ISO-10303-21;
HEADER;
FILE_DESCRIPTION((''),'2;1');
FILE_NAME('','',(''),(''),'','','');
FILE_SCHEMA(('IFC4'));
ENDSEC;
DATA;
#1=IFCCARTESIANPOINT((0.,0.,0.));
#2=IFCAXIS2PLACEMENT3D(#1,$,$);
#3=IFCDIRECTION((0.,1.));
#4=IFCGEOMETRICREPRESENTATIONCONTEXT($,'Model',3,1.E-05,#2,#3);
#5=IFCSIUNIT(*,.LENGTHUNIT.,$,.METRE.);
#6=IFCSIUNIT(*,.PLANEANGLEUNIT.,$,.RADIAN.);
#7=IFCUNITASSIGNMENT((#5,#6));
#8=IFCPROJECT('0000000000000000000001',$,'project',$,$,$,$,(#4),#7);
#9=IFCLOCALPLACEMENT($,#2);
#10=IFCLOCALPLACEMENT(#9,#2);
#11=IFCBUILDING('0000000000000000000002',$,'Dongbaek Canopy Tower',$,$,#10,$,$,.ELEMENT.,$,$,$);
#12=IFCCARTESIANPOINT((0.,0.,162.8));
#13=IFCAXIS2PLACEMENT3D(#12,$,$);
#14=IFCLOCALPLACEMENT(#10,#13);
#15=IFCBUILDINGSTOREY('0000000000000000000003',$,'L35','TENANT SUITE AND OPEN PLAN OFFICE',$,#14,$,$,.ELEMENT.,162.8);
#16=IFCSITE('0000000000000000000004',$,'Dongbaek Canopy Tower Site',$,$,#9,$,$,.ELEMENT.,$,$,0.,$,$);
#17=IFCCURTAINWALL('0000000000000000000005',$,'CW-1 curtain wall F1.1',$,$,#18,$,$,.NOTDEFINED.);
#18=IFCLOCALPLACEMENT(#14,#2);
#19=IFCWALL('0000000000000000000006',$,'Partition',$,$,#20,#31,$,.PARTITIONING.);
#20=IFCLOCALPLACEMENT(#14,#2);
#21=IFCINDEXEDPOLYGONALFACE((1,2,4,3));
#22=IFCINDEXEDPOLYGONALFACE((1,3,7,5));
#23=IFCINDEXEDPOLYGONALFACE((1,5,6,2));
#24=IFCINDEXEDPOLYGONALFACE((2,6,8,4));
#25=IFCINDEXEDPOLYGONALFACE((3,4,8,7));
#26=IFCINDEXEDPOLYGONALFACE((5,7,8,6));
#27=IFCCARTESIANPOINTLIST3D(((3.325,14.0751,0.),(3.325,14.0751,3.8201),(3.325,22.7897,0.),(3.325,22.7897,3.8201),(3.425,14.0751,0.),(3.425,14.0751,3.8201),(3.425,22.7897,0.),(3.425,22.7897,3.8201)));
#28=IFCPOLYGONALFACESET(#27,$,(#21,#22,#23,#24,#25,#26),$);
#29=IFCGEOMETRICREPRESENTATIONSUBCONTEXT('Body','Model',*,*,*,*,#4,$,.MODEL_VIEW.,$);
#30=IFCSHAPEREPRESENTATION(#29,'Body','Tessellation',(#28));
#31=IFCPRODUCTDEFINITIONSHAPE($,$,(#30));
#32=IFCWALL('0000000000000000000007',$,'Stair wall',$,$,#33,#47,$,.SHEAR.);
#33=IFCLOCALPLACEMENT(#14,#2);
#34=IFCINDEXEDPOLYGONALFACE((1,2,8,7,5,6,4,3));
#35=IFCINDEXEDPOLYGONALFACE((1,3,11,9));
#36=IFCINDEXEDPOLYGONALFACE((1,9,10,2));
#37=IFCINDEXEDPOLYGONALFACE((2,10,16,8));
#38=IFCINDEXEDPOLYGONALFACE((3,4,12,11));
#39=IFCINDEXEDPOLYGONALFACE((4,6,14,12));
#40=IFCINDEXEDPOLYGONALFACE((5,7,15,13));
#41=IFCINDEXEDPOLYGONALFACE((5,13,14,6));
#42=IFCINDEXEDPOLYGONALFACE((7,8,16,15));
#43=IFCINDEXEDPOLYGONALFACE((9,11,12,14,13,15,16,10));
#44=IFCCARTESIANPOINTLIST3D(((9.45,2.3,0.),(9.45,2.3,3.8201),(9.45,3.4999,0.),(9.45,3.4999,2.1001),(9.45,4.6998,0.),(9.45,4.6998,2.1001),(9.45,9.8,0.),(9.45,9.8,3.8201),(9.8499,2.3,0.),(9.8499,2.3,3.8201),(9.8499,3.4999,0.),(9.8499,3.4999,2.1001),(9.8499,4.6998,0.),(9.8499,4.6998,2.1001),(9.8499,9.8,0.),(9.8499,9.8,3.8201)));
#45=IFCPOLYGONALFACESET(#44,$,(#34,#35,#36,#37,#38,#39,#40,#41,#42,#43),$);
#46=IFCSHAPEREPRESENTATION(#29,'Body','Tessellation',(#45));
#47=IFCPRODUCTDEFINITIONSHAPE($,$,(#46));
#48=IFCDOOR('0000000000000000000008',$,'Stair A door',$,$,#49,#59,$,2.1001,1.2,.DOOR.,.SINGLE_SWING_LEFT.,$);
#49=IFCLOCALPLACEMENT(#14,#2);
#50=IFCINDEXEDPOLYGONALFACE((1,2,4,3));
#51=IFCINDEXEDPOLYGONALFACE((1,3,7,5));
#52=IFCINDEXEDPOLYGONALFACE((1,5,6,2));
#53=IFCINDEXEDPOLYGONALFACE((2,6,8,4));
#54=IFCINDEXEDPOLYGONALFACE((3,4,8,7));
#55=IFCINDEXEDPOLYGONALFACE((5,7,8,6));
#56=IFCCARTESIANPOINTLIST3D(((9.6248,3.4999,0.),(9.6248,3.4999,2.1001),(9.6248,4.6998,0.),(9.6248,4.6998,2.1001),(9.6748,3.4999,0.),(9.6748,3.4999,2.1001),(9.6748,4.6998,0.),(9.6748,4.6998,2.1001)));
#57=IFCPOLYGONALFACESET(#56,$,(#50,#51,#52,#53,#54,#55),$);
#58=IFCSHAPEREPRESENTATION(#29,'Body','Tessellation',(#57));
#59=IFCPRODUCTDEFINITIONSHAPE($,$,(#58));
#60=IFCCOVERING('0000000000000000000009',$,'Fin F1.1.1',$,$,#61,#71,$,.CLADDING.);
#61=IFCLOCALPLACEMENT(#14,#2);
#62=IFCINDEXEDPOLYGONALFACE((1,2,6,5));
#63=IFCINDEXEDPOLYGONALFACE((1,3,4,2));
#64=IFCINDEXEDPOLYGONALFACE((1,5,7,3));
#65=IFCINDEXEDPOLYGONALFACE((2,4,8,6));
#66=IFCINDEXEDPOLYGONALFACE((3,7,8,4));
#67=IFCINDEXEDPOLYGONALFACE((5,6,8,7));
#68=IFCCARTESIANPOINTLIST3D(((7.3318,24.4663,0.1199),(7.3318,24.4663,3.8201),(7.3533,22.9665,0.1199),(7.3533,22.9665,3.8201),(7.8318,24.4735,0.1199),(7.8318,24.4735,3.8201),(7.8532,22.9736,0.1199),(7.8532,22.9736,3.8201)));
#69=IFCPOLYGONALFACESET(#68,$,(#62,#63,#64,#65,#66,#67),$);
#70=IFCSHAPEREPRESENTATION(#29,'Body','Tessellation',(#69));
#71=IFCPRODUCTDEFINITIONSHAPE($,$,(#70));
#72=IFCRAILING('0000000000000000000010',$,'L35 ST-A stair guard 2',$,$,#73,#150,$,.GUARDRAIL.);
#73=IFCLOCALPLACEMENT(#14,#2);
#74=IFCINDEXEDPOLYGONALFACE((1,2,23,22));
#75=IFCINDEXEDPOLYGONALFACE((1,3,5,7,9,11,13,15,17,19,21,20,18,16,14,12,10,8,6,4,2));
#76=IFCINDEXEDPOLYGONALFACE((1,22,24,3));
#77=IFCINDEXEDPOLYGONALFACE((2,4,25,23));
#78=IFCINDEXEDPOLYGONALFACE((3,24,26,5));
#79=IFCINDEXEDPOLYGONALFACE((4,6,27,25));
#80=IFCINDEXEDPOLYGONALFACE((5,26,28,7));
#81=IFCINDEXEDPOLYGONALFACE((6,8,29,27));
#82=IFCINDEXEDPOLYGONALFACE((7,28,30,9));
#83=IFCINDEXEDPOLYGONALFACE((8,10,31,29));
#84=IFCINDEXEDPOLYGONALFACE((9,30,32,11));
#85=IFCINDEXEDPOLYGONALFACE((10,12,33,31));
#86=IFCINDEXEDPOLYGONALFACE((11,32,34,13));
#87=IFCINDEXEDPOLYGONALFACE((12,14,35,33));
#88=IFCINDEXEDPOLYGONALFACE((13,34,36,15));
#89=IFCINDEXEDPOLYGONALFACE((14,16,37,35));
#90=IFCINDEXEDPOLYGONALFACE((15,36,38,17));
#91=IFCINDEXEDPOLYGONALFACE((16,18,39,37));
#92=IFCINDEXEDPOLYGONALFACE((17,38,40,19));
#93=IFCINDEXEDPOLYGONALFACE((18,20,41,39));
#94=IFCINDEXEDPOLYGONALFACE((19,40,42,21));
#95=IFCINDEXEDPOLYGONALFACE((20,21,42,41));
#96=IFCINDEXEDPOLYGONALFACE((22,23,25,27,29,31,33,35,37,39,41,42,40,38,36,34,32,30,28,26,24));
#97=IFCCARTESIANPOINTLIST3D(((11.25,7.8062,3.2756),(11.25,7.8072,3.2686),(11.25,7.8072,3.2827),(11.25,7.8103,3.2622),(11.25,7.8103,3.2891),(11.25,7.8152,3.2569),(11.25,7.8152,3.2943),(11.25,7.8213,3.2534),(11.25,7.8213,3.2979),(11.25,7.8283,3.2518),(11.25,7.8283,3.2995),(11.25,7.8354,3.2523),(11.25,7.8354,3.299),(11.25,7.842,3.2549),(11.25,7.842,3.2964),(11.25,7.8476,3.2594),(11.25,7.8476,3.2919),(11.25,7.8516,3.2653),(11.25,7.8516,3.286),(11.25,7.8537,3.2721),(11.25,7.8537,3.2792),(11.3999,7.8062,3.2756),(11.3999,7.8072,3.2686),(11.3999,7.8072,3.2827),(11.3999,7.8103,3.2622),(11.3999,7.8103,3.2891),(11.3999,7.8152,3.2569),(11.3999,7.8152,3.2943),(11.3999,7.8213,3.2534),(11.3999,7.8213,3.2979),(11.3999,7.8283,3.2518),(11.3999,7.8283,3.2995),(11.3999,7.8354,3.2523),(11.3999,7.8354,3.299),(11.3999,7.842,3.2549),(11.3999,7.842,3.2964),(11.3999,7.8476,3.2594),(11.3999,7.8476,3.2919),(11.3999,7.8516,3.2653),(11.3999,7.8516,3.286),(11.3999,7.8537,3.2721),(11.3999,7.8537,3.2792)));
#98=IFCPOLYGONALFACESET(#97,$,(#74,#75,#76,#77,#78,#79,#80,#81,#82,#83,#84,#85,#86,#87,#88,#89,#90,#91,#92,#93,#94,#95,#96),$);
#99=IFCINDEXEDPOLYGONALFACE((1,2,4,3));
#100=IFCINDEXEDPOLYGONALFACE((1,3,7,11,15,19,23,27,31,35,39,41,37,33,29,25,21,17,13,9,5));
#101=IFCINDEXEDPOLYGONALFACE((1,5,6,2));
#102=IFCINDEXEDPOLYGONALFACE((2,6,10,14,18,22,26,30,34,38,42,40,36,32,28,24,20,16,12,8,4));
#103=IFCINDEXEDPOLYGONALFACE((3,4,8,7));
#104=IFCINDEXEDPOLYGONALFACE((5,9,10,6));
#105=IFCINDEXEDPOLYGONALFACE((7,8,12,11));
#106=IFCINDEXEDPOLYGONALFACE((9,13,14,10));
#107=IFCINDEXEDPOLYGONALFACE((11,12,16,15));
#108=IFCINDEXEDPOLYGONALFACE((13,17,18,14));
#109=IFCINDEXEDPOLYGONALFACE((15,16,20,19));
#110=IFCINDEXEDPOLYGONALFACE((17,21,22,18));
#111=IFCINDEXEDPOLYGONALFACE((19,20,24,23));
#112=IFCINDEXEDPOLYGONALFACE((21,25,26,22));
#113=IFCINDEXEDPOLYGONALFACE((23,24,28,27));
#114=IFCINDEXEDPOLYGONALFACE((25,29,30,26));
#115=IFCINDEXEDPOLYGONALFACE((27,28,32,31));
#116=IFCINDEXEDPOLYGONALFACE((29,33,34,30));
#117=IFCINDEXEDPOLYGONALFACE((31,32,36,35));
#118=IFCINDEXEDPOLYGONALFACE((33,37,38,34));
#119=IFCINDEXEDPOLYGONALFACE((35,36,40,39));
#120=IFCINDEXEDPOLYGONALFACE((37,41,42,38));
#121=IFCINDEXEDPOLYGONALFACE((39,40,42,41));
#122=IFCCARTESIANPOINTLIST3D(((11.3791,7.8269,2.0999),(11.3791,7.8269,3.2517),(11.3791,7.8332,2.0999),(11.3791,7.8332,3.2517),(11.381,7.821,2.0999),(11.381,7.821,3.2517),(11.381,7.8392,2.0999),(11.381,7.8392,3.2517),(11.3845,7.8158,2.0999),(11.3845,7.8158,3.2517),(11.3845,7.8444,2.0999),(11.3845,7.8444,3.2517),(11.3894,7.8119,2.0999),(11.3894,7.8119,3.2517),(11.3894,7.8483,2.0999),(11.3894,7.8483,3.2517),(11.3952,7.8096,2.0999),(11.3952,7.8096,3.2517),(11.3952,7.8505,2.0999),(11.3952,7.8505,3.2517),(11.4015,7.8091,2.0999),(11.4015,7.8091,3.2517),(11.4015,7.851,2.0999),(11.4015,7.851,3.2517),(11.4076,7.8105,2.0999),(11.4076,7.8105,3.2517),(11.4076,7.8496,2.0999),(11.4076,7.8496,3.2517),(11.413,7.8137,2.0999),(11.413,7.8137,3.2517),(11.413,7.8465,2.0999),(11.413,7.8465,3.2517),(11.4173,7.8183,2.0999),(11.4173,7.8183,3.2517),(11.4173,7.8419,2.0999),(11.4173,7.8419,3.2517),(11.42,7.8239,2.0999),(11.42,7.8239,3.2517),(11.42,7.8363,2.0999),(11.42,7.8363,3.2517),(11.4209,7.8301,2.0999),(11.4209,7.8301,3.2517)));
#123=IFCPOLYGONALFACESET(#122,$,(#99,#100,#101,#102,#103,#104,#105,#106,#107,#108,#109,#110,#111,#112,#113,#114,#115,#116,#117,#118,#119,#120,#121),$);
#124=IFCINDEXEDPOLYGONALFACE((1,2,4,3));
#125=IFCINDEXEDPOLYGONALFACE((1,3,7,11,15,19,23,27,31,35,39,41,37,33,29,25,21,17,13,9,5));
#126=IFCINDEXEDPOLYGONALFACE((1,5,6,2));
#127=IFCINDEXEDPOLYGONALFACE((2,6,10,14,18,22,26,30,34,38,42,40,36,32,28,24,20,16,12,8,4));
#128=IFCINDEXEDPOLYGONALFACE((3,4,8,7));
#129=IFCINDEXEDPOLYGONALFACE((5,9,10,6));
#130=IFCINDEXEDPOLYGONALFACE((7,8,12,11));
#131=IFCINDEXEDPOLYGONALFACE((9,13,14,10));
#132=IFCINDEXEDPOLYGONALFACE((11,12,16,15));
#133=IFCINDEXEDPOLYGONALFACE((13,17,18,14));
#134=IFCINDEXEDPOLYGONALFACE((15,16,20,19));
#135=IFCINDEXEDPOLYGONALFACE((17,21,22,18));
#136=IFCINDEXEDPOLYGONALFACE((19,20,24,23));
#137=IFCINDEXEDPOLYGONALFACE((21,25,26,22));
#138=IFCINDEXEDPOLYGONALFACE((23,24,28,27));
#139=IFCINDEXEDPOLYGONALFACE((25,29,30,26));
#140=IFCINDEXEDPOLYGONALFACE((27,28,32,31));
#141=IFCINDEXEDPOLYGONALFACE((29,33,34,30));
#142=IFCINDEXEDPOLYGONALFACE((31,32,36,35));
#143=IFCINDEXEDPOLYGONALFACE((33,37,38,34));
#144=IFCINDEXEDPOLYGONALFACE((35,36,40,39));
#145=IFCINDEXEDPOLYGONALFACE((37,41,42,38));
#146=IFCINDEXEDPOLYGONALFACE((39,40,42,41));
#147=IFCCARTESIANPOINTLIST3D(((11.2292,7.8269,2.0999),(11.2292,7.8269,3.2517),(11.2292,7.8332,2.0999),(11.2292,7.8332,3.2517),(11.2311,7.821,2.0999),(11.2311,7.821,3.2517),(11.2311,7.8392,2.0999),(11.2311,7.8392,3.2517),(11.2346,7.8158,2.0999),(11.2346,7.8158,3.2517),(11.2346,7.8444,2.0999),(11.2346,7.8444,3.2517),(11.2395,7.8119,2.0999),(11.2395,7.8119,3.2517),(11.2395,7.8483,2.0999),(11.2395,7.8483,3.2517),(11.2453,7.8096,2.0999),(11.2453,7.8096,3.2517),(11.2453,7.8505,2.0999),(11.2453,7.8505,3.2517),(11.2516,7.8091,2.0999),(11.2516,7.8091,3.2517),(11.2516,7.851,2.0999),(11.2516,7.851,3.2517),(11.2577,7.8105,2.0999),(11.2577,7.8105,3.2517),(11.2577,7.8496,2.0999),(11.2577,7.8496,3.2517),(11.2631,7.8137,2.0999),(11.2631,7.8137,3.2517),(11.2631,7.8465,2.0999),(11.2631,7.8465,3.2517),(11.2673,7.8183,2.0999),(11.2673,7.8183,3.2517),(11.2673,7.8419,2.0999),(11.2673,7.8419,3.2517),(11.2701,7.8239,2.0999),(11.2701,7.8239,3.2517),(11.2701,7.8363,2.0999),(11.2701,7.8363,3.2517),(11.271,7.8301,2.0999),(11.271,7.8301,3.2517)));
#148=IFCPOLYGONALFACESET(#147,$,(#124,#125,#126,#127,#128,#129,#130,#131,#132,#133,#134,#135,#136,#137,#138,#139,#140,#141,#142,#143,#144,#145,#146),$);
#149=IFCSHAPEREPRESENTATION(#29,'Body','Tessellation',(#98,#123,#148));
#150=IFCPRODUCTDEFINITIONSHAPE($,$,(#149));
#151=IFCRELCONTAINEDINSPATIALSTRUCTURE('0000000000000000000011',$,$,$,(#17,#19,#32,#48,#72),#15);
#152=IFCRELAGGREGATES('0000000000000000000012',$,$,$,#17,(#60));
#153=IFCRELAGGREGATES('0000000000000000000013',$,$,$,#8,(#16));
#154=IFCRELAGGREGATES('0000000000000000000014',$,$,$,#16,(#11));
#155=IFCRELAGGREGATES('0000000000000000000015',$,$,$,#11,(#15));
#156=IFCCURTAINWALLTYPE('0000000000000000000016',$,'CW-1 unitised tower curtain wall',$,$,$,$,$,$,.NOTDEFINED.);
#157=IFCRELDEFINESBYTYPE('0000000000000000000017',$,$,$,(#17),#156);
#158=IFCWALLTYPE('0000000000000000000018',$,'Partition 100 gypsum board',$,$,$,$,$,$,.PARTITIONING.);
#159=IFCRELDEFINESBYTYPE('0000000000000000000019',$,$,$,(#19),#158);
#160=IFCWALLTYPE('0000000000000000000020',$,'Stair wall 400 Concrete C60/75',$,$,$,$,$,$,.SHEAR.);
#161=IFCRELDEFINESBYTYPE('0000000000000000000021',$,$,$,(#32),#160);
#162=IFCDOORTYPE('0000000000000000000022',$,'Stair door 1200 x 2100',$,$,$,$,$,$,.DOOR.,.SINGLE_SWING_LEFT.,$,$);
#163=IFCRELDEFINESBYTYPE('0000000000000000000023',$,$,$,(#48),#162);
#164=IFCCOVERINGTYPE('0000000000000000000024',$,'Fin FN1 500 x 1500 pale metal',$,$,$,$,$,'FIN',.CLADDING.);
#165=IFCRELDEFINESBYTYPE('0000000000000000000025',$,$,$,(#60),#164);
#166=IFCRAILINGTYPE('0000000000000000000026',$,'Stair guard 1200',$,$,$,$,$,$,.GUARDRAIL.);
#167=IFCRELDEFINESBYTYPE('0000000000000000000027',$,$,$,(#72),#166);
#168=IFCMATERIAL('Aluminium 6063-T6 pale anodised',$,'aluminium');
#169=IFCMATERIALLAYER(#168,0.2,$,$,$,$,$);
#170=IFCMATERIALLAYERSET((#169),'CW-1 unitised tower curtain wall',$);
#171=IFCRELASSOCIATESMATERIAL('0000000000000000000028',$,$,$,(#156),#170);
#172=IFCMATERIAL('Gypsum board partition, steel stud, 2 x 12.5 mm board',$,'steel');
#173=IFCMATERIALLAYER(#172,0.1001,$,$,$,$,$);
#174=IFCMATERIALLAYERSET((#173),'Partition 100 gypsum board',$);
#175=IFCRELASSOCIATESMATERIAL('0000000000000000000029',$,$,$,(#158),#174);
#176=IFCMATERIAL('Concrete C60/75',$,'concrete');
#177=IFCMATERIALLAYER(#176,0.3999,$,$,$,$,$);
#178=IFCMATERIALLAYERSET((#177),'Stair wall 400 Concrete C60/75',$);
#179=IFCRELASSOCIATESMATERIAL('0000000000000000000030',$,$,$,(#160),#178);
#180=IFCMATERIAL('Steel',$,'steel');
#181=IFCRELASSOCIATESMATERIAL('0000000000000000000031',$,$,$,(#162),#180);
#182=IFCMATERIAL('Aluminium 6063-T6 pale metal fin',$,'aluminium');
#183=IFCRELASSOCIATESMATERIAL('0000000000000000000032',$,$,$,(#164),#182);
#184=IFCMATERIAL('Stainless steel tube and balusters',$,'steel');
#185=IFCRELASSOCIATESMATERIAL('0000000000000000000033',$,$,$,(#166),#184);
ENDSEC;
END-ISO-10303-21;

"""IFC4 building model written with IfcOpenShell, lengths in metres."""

from ifc_helpers import new_model, si_unit, direction, frame, frame_2d, origin, origin_2d, place, context, subcontext, project, spatial, rectangle, circle, extrude, material, layer, layer_set, material_profile, profile_set, type_object, element, fill, aggregate, save


model = new_model("IFC4")

# Units and contexts
model_context = context("Model", 3, precision=1e-05, world=origin(), true_north=direction((0.0, 1.0)))
body_context = subcontext(model_context, "Body", "Model", "MODEL_VIEW")
ifc_project = project(units=[si_unit("LENGTHUNIT", "METRE"), si_unit("PLANEANGLEUNIT", "RADIAN")], contexts=[model_context])

# Site, building, storey
site_placement = place(None, origin())
site = spatial("IfcSite", under=ifc_project, at=site_placement, Name="Dongbaek Canopy Tower Site", CompositionType="ELEMENT", RefElevation=0.0)
building_placement = place(site_placement, origin())
building = spatial("IfcBuilding", under=site, at=building_placement, Name="Dongbaek Canopy Tower", CompositionType="ELEMENT")
storey_placement = place(building_placement, frame((0.0, 0.0, 162.8)))
storey = spatial("IfcBuildingStorey", under=building, at=storey_placement, Name="L35", Description="TENANT SUITE AND OPEN PLAN OFFICE", CompositionType="ELEMENT", Elevation=162.8)

# Shared definitions
ifc_material_1 = material(Name="Aluminium 6063-T6 pale anodised", Category="aluminium")
ifc_layer_1 = layer(ifc_material_1, 0.2)
ifc_layer_set_1 = layer_set([ifc_layer_1], Name="CW-1 unitised tower curtain wall")
curtain_wall_type = type_object("IfcCurtainWallType", Name="CW-1 unitised tower curtain wall", PredefinedType="NOTDEFINED", material=ifc_layer_set_1)

# Curtain wall
curtain_wall_1_placement = place(storey_placement, origin())
curtain_wall_1 = element("IfcCurtainWall", 1, at=curtain_wall_1_placement, inside=storey, type_object=curtain_wall_type, Name="CW-1 curtain wall F1.1", PredefinedType="NOTDEFINED")

# Wall
ifc_material_2 = material(Name="Gypsum board partition, steel stud, 2 x 12.5 mm board", Category="steel")
ifc_layer_2 = layer(ifc_material_2, 0.1001)
ifc_layer_set_2 = layer_set([ifc_layer_2], Name="Partition 100 gypsum board")
wall_type_1 = type_object("IfcWallType", Name="Partition 100 gypsum board", PredefinedType="PARTITIONING", material=ifc_layer_set_2)
wall_1_placement = place(storey_placement, frame((3.375, 14.075, 0.0), z_axis=(0.0, 0.0, 1.0), x_axis=(0.0, 1.0, 0.0)))
element("IfcWall", 2, at=wall_1_placement, inside=storey, type_object=wall_type_1, Name="Partition", PredefinedType="PARTITIONING", context=body_context, shape_type="SweptSolid", body=[
    extrude(rectangle(XDim=8.7146, YDim=0.1001, at=frame_2d((4.3574, 0.0))), origin(), (0.0, 0.0, 1.0), 3.8201),
])

# Wall, opening, door
ifc_material_3 = material(Name="Concrete C60/75", Category="concrete")
ifc_layer_3 = layer(ifc_material_3, 0.3999)
ifc_layer_set_3 = layer_set([ifc_layer_3], Name="Stair wall 400 Concrete C60/75")
wall_type_2 = type_object("IfcWallType", Name="Stair wall 400 Concrete C60/75", PredefinedType="SHEAR", material=ifc_layer_set_3)
wall_2_placement = place(storey_placement, frame((9.6499, 9.8, 0.0), z_axis=(0.0, 0.0, 1.0), x_axis=(0.0, -1.0, 0.0)))
wall_2 = element("IfcWall", 3, at=wall_2_placement, inside=storey, type_object=wall_type_2, Name="Stair wall", PredefinedType="SHEAR", context=body_context, shape_type="SweptSolid", body=[
    extrude(rectangle(XDim=7.5, YDim=0.3999, at=frame_2d((3.75, 0.0))), origin(), (0.0, 0.0, 1.0), 3.8201),
])
opening_placement = place(wall_2_placement, frame((5.1001, 0.0, 0.0)))
opening = element("IfcOpeningElement", 4, at=opening_placement, cuts=wall_2, PredefinedType="OPENING", context=body_context, shape_type="SweptSolid", body=[
    extrude(rectangle(XDim=1.2, YDim=2.1001, at=frame_2d((0.6001, 1.05))), frame((0.0, 0.21, 0.0), z_axis=(0.0, -1.0, 0.0), x_axis=(1.0, 0.0, 0.0)), (0.0, 0.0, 1.0), 0.4199),
])
ifc_material_4 = material(Name="Steel", Category="steel")
door_type = type_object("IfcDoorType", Name="Stair door 1200 x 2100", OperationType="SINGLE_SWING_LEFT", PredefinedType="DOOR", material=ifc_material_4)
door_placement = place(opening_placement, origin())
door = element("IfcDoor", 5, at=door_placement, inside=storey, type_object=door_type, Name="Stair A door", OperationType="SINGLE_SWING_LEFT", OverallHeight=2.1001, OverallWidth=1.2, PredefinedType="DOOR", context=body_context, shape_type="SweptSolid", body=[
    extrude(rectangle(XDim=1.2, YDim=2.1001, at=frame_2d((0.6001, 1.05))), frame((0.0, 0.0249, 0.0), z_axis=(0.0, -1.0, 0.0), x_axis=(1.0, 0.0, 0.0)), (0.0, 0.0, 1.0), 0.05),
])
fill(opening, door)

# Covering
ifc_material_5 = material(Name="Aluminium 6063-T6 pale metal fin", Category="aluminium")
ifc_material_profile_1 = material_profile(ifc_material_5, rectangle(XDim=1.5, YDim=0.5, at=origin_2d()), Name="Fin FN1 500 x 1500 pale metal")
ifc_profile_set_1 = profile_set([ifc_material_profile_1], Name="Aluminium 6063-T6 pale metal fin")
covering_type = type_object("IfcCoveringType", Name="Fin FN1 500 x 1500 pale metal", ElementType="FIN", PredefinedType="CLADDING", material=ifc_profile_set_1)
covering_placement = place(storey_placement, frame((7.5925, 23.72, 0.1199), z_axis=(0.0, 0.0, 1.0), x_axis=(-0.014277, 0.999898, 0.0)))
covering = element("IfcCovering", 6, at=covering_placement, type_object=covering_type, Name="Fin F1.1.1", PredefinedType="CLADDING", context=body_context, shape_type="SweptSolid", body=[
    extrude(rectangle(XDim=1.5, YDim=0.5, at=origin_2d()), origin(), (0.0, 0.0, 1.0), 3.7002),
])
aggregate(curtain_wall_1, [covering])

# Railing
ifc_material_6 = material(Name="Stainless steel tube and balusters", Category="steel")
railing_type = type_object("IfcRailingType", Name="Stair guard 1200", PredefinedType="GUARDRAIL", material=ifc_material_6)
railing_1_placement = place(storey_placement, frame((11.3999, 7.8301, 2.0999)))
element("IfcRailing", 7, at=railing_1_placement, inside=storey, type_object=railing_type, Name="L35 ST-A stair guard 2", PredefinedType="GUARDRAIL", context=body_context, shape_type="SweptSolid", body=[
    extrude(circle(Radius=0.0239, at=origin_2d()), frame((0.0, 0.0, 1.1758), z_axis=(-1.0, 0.0, 0.0), x_axis=(0.0, -1.0, 0.0)), (0.0, 0.0, 1.0), 0.1499),
    extrude(circle(Radius=0.021, at=origin_2d()), origin(), (0.0, 0.0, 1.0), 1.1519),
    extrude(circle(Radius=0.021, at=origin_2d()), frame((-0.1499, 0.0, 0.0)), (0.0, 0.0, 1.0), 1.1519),
])

save(model, "model.ifc")
